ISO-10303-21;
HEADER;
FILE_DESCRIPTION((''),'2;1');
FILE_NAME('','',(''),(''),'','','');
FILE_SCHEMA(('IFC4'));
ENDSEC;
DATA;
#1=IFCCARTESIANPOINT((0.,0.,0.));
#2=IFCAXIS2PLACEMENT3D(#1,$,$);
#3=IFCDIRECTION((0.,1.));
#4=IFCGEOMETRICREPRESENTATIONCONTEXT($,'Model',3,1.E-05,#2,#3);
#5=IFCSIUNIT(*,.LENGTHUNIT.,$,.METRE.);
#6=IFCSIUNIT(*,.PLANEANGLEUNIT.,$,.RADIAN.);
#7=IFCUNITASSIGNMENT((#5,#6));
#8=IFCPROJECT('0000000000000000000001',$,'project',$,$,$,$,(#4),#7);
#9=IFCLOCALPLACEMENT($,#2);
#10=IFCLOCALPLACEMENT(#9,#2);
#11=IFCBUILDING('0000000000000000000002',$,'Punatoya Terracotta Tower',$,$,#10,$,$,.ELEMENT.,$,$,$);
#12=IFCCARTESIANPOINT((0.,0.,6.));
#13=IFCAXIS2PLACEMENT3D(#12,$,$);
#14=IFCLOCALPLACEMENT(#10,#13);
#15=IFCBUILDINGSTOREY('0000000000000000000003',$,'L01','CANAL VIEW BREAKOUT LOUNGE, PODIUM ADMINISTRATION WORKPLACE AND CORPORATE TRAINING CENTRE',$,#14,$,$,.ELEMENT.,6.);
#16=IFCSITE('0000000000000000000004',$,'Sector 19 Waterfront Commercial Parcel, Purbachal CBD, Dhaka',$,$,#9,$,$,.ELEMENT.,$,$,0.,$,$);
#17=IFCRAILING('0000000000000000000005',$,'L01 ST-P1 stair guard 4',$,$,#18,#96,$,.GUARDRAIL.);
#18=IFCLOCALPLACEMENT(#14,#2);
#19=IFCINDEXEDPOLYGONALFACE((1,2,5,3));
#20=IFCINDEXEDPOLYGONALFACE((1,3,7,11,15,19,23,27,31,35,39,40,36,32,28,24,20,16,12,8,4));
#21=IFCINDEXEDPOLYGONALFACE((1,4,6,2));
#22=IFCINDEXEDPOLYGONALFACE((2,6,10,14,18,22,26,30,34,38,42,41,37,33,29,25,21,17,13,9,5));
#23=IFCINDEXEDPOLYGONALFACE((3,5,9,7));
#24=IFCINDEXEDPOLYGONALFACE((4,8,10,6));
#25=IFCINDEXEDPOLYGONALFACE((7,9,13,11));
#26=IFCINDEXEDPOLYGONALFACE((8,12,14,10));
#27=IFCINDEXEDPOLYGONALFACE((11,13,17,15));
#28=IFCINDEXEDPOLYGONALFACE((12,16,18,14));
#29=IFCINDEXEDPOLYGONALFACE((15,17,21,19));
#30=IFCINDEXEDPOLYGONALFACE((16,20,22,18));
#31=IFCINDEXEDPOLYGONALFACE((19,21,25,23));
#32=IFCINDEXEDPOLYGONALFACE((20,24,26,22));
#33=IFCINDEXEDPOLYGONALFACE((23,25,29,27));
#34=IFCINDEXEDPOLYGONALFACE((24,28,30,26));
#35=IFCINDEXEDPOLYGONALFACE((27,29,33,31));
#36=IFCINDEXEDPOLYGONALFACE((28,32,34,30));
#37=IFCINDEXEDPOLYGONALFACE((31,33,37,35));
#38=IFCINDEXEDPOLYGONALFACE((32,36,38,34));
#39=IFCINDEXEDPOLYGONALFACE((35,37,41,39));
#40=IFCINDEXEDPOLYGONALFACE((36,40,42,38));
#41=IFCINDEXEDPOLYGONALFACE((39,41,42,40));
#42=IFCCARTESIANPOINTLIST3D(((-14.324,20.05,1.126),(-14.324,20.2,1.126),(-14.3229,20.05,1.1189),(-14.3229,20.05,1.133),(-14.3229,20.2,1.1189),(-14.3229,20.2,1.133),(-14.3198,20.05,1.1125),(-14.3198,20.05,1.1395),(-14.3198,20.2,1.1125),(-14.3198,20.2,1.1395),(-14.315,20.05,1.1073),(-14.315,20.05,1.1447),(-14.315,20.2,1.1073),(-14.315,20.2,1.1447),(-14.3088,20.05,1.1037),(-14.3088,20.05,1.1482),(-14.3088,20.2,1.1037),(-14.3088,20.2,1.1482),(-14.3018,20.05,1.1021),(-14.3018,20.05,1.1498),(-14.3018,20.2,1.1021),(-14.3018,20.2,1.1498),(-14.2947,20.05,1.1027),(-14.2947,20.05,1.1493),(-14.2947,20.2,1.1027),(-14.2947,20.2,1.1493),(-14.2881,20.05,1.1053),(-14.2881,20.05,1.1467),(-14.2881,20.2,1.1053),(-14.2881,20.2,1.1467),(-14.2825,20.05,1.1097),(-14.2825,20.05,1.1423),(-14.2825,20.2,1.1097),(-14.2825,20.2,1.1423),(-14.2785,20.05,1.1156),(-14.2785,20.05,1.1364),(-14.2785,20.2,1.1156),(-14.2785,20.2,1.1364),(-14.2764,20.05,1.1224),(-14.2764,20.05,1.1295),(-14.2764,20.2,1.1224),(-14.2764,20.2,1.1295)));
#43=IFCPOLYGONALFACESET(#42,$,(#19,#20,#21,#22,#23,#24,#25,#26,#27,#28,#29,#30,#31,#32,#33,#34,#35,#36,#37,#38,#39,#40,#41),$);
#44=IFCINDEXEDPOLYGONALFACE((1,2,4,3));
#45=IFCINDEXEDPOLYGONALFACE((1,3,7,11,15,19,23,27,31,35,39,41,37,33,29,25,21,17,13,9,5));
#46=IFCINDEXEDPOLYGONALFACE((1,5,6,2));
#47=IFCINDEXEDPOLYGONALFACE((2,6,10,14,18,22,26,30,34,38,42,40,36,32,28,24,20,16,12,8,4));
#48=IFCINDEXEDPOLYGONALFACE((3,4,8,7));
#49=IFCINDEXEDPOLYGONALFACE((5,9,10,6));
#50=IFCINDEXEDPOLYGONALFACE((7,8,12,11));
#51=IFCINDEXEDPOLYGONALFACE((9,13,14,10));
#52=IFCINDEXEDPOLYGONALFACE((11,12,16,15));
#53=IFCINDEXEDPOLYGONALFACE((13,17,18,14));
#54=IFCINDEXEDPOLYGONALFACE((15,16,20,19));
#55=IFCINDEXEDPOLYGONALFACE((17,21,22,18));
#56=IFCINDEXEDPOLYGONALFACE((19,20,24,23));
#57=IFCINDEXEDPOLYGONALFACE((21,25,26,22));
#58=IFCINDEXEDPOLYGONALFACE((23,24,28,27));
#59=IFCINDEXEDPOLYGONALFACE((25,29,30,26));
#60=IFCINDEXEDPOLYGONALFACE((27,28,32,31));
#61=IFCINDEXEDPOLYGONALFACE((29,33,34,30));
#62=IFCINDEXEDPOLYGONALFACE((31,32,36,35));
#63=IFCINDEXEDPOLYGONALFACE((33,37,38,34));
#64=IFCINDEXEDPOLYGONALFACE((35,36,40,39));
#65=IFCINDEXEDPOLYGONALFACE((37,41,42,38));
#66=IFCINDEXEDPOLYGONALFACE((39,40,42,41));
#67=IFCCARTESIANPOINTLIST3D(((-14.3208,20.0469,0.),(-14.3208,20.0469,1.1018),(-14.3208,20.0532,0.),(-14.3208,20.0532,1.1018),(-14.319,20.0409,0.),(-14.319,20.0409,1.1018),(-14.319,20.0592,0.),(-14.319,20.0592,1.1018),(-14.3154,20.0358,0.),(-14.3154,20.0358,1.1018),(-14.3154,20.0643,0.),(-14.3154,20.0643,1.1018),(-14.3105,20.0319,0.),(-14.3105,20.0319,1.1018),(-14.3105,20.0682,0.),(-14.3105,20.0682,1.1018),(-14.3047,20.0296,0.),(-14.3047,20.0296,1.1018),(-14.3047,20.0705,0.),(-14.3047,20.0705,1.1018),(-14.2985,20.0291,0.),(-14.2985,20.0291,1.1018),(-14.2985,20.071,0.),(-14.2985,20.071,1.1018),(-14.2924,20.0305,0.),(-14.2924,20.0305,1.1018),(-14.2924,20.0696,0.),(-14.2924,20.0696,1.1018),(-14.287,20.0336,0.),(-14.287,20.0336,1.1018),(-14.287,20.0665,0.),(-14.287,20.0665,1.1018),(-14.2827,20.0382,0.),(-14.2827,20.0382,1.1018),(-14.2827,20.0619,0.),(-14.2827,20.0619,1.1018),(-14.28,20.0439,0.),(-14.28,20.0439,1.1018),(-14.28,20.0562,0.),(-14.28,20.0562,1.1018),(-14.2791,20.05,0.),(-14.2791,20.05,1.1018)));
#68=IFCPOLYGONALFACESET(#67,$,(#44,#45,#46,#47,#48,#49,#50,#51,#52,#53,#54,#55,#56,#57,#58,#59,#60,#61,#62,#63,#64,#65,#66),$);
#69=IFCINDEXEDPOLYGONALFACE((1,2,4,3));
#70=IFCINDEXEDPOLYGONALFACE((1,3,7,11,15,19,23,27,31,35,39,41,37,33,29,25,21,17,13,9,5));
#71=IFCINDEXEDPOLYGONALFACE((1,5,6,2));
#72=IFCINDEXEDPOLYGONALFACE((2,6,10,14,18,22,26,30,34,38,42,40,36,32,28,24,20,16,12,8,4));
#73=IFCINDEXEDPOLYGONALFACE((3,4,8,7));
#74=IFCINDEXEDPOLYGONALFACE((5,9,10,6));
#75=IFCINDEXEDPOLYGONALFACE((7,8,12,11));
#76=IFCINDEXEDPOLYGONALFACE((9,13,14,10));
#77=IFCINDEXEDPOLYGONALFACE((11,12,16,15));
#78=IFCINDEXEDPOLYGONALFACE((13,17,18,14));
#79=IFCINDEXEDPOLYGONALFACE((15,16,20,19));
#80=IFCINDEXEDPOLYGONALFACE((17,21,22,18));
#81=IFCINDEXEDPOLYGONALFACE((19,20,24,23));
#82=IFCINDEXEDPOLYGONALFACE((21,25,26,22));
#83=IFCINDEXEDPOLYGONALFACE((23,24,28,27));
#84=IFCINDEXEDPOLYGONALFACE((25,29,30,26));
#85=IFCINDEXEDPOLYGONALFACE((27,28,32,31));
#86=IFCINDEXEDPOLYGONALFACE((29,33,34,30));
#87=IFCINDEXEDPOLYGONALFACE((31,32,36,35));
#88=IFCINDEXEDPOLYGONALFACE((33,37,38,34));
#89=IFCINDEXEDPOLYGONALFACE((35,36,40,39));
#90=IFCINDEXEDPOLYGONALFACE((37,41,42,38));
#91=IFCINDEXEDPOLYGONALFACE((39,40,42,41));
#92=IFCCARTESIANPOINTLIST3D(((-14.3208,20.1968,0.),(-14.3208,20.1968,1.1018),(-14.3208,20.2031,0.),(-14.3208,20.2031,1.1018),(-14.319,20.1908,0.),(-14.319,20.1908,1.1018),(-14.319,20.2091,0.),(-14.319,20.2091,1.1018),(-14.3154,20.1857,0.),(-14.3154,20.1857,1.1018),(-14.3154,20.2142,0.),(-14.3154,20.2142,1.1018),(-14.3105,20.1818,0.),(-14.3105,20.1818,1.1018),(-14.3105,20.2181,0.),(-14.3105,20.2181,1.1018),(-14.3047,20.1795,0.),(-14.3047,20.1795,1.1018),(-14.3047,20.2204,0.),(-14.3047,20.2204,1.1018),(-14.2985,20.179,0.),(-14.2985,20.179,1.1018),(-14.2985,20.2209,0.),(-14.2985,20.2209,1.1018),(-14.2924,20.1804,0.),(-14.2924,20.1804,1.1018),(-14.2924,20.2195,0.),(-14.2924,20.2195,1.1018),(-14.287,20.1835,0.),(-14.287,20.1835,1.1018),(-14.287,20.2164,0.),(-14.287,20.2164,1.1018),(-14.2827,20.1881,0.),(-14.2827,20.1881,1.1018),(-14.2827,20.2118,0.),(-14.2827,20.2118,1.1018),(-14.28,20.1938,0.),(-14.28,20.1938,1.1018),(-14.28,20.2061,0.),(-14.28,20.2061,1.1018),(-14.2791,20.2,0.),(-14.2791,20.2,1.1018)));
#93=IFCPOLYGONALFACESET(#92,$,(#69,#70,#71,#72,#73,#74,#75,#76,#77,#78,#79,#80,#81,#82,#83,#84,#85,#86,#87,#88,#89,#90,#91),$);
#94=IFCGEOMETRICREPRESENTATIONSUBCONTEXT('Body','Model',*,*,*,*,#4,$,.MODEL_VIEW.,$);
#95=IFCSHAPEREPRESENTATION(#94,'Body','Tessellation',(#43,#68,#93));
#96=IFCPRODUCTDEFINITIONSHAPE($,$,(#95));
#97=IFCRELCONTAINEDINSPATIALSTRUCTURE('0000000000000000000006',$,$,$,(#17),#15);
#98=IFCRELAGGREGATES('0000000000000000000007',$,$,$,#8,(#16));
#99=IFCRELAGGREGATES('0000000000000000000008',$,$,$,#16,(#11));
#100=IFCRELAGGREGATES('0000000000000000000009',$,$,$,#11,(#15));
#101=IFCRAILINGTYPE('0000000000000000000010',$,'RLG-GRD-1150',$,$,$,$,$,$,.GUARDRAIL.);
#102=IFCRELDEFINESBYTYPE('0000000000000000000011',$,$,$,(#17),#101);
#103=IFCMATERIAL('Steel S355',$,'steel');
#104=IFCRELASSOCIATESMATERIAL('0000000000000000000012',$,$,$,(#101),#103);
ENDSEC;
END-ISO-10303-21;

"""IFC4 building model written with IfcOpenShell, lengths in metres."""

from ifc_helpers import new_model, si_unit, direction, frame, origin, origin_2d, place, context, subcontext, project, spatial, circle, extrude, material, type_object, element, save


model = new_model("IFC4")

# Units and contexts
model_context = context("Model", 3, precision=1e-05, world=origin(), true_north=direction((0.0, 1.0)))
body_context = subcontext(model_context, "Body", "Model", "MODEL_VIEW")
ifc_project = project(units=[si_unit("LENGTHUNIT", "METRE"), si_unit("PLANEANGLEUNIT", "RADIAN")], contexts=[model_context])

# Site, building, storey
site_placement = place(None, origin())
site = spatial("IfcSite", under=ifc_project, at=site_placement, Name="Sector 19 Waterfront Commercial Parcel, Purbachal CBD, Dhaka", CompositionType="ELEMENT", RefElevation=0.0)
building_placement = place(site_placement, origin())
building = spatial("IfcBuilding", under=site, at=building_placement, Name="Punatoya Terracotta Tower", CompositionType="ELEMENT")
storey_placement = place(building_placement, frame((0.0, 0.0, 6.0)))
storey = spatial("IfcBuildingStorey", under=building, at=storey_placement, Name="L01", Description="CANAL VIEW BREAKOUT LOUNGE, PODIUM ADMINISTRATION WORKPLACE AND CORPORATE TRAINING CENTRE", CompositionType="ELEMENT", Elevation=6.0)

# Shared definitions
ifc_material_1 = material(Name="Steel S355", Category="steel")

# Railing
railing_type_1 = type_object("IfcRailingType", Name="RLG-GRD-1150", PredefinedType="GUARDRAIL", material=ifc_material_1)
railing_1_placement = place(storey_placement, frame((-14.3, 20.05, 0.0)))
element("IfcRailing", 1, at=railing_1_placement, inside=storey, type_object=railing_type_1, Name="L01 ST-P1 stair guard 4", PredefinedType="GUARDRAIL", context=body_context, shape_type="SweptSolid", body=[
    extrude(circle(Radius=0.0239, at=origin_2d()), frame((0.0, 0.0, 1.126), z_axis=(0.0, 1.0, 0.0), x_axis=(-1.0, 0.0, 0.0)), (0.0, 0.0, 1.0), 0.1499),
    extrude(circle(Radius=0.021, at=origin_2d()), origin(), (0.0, 0.0, 1.0), 1.1018),
    extrude(circle(Radius=0.021, at=origin_2d()), frame((0.0, 0.1499, 0.0)), (0.0, 0.0, 1.0), 1.1018),
])

save(model, "model.ifc")
